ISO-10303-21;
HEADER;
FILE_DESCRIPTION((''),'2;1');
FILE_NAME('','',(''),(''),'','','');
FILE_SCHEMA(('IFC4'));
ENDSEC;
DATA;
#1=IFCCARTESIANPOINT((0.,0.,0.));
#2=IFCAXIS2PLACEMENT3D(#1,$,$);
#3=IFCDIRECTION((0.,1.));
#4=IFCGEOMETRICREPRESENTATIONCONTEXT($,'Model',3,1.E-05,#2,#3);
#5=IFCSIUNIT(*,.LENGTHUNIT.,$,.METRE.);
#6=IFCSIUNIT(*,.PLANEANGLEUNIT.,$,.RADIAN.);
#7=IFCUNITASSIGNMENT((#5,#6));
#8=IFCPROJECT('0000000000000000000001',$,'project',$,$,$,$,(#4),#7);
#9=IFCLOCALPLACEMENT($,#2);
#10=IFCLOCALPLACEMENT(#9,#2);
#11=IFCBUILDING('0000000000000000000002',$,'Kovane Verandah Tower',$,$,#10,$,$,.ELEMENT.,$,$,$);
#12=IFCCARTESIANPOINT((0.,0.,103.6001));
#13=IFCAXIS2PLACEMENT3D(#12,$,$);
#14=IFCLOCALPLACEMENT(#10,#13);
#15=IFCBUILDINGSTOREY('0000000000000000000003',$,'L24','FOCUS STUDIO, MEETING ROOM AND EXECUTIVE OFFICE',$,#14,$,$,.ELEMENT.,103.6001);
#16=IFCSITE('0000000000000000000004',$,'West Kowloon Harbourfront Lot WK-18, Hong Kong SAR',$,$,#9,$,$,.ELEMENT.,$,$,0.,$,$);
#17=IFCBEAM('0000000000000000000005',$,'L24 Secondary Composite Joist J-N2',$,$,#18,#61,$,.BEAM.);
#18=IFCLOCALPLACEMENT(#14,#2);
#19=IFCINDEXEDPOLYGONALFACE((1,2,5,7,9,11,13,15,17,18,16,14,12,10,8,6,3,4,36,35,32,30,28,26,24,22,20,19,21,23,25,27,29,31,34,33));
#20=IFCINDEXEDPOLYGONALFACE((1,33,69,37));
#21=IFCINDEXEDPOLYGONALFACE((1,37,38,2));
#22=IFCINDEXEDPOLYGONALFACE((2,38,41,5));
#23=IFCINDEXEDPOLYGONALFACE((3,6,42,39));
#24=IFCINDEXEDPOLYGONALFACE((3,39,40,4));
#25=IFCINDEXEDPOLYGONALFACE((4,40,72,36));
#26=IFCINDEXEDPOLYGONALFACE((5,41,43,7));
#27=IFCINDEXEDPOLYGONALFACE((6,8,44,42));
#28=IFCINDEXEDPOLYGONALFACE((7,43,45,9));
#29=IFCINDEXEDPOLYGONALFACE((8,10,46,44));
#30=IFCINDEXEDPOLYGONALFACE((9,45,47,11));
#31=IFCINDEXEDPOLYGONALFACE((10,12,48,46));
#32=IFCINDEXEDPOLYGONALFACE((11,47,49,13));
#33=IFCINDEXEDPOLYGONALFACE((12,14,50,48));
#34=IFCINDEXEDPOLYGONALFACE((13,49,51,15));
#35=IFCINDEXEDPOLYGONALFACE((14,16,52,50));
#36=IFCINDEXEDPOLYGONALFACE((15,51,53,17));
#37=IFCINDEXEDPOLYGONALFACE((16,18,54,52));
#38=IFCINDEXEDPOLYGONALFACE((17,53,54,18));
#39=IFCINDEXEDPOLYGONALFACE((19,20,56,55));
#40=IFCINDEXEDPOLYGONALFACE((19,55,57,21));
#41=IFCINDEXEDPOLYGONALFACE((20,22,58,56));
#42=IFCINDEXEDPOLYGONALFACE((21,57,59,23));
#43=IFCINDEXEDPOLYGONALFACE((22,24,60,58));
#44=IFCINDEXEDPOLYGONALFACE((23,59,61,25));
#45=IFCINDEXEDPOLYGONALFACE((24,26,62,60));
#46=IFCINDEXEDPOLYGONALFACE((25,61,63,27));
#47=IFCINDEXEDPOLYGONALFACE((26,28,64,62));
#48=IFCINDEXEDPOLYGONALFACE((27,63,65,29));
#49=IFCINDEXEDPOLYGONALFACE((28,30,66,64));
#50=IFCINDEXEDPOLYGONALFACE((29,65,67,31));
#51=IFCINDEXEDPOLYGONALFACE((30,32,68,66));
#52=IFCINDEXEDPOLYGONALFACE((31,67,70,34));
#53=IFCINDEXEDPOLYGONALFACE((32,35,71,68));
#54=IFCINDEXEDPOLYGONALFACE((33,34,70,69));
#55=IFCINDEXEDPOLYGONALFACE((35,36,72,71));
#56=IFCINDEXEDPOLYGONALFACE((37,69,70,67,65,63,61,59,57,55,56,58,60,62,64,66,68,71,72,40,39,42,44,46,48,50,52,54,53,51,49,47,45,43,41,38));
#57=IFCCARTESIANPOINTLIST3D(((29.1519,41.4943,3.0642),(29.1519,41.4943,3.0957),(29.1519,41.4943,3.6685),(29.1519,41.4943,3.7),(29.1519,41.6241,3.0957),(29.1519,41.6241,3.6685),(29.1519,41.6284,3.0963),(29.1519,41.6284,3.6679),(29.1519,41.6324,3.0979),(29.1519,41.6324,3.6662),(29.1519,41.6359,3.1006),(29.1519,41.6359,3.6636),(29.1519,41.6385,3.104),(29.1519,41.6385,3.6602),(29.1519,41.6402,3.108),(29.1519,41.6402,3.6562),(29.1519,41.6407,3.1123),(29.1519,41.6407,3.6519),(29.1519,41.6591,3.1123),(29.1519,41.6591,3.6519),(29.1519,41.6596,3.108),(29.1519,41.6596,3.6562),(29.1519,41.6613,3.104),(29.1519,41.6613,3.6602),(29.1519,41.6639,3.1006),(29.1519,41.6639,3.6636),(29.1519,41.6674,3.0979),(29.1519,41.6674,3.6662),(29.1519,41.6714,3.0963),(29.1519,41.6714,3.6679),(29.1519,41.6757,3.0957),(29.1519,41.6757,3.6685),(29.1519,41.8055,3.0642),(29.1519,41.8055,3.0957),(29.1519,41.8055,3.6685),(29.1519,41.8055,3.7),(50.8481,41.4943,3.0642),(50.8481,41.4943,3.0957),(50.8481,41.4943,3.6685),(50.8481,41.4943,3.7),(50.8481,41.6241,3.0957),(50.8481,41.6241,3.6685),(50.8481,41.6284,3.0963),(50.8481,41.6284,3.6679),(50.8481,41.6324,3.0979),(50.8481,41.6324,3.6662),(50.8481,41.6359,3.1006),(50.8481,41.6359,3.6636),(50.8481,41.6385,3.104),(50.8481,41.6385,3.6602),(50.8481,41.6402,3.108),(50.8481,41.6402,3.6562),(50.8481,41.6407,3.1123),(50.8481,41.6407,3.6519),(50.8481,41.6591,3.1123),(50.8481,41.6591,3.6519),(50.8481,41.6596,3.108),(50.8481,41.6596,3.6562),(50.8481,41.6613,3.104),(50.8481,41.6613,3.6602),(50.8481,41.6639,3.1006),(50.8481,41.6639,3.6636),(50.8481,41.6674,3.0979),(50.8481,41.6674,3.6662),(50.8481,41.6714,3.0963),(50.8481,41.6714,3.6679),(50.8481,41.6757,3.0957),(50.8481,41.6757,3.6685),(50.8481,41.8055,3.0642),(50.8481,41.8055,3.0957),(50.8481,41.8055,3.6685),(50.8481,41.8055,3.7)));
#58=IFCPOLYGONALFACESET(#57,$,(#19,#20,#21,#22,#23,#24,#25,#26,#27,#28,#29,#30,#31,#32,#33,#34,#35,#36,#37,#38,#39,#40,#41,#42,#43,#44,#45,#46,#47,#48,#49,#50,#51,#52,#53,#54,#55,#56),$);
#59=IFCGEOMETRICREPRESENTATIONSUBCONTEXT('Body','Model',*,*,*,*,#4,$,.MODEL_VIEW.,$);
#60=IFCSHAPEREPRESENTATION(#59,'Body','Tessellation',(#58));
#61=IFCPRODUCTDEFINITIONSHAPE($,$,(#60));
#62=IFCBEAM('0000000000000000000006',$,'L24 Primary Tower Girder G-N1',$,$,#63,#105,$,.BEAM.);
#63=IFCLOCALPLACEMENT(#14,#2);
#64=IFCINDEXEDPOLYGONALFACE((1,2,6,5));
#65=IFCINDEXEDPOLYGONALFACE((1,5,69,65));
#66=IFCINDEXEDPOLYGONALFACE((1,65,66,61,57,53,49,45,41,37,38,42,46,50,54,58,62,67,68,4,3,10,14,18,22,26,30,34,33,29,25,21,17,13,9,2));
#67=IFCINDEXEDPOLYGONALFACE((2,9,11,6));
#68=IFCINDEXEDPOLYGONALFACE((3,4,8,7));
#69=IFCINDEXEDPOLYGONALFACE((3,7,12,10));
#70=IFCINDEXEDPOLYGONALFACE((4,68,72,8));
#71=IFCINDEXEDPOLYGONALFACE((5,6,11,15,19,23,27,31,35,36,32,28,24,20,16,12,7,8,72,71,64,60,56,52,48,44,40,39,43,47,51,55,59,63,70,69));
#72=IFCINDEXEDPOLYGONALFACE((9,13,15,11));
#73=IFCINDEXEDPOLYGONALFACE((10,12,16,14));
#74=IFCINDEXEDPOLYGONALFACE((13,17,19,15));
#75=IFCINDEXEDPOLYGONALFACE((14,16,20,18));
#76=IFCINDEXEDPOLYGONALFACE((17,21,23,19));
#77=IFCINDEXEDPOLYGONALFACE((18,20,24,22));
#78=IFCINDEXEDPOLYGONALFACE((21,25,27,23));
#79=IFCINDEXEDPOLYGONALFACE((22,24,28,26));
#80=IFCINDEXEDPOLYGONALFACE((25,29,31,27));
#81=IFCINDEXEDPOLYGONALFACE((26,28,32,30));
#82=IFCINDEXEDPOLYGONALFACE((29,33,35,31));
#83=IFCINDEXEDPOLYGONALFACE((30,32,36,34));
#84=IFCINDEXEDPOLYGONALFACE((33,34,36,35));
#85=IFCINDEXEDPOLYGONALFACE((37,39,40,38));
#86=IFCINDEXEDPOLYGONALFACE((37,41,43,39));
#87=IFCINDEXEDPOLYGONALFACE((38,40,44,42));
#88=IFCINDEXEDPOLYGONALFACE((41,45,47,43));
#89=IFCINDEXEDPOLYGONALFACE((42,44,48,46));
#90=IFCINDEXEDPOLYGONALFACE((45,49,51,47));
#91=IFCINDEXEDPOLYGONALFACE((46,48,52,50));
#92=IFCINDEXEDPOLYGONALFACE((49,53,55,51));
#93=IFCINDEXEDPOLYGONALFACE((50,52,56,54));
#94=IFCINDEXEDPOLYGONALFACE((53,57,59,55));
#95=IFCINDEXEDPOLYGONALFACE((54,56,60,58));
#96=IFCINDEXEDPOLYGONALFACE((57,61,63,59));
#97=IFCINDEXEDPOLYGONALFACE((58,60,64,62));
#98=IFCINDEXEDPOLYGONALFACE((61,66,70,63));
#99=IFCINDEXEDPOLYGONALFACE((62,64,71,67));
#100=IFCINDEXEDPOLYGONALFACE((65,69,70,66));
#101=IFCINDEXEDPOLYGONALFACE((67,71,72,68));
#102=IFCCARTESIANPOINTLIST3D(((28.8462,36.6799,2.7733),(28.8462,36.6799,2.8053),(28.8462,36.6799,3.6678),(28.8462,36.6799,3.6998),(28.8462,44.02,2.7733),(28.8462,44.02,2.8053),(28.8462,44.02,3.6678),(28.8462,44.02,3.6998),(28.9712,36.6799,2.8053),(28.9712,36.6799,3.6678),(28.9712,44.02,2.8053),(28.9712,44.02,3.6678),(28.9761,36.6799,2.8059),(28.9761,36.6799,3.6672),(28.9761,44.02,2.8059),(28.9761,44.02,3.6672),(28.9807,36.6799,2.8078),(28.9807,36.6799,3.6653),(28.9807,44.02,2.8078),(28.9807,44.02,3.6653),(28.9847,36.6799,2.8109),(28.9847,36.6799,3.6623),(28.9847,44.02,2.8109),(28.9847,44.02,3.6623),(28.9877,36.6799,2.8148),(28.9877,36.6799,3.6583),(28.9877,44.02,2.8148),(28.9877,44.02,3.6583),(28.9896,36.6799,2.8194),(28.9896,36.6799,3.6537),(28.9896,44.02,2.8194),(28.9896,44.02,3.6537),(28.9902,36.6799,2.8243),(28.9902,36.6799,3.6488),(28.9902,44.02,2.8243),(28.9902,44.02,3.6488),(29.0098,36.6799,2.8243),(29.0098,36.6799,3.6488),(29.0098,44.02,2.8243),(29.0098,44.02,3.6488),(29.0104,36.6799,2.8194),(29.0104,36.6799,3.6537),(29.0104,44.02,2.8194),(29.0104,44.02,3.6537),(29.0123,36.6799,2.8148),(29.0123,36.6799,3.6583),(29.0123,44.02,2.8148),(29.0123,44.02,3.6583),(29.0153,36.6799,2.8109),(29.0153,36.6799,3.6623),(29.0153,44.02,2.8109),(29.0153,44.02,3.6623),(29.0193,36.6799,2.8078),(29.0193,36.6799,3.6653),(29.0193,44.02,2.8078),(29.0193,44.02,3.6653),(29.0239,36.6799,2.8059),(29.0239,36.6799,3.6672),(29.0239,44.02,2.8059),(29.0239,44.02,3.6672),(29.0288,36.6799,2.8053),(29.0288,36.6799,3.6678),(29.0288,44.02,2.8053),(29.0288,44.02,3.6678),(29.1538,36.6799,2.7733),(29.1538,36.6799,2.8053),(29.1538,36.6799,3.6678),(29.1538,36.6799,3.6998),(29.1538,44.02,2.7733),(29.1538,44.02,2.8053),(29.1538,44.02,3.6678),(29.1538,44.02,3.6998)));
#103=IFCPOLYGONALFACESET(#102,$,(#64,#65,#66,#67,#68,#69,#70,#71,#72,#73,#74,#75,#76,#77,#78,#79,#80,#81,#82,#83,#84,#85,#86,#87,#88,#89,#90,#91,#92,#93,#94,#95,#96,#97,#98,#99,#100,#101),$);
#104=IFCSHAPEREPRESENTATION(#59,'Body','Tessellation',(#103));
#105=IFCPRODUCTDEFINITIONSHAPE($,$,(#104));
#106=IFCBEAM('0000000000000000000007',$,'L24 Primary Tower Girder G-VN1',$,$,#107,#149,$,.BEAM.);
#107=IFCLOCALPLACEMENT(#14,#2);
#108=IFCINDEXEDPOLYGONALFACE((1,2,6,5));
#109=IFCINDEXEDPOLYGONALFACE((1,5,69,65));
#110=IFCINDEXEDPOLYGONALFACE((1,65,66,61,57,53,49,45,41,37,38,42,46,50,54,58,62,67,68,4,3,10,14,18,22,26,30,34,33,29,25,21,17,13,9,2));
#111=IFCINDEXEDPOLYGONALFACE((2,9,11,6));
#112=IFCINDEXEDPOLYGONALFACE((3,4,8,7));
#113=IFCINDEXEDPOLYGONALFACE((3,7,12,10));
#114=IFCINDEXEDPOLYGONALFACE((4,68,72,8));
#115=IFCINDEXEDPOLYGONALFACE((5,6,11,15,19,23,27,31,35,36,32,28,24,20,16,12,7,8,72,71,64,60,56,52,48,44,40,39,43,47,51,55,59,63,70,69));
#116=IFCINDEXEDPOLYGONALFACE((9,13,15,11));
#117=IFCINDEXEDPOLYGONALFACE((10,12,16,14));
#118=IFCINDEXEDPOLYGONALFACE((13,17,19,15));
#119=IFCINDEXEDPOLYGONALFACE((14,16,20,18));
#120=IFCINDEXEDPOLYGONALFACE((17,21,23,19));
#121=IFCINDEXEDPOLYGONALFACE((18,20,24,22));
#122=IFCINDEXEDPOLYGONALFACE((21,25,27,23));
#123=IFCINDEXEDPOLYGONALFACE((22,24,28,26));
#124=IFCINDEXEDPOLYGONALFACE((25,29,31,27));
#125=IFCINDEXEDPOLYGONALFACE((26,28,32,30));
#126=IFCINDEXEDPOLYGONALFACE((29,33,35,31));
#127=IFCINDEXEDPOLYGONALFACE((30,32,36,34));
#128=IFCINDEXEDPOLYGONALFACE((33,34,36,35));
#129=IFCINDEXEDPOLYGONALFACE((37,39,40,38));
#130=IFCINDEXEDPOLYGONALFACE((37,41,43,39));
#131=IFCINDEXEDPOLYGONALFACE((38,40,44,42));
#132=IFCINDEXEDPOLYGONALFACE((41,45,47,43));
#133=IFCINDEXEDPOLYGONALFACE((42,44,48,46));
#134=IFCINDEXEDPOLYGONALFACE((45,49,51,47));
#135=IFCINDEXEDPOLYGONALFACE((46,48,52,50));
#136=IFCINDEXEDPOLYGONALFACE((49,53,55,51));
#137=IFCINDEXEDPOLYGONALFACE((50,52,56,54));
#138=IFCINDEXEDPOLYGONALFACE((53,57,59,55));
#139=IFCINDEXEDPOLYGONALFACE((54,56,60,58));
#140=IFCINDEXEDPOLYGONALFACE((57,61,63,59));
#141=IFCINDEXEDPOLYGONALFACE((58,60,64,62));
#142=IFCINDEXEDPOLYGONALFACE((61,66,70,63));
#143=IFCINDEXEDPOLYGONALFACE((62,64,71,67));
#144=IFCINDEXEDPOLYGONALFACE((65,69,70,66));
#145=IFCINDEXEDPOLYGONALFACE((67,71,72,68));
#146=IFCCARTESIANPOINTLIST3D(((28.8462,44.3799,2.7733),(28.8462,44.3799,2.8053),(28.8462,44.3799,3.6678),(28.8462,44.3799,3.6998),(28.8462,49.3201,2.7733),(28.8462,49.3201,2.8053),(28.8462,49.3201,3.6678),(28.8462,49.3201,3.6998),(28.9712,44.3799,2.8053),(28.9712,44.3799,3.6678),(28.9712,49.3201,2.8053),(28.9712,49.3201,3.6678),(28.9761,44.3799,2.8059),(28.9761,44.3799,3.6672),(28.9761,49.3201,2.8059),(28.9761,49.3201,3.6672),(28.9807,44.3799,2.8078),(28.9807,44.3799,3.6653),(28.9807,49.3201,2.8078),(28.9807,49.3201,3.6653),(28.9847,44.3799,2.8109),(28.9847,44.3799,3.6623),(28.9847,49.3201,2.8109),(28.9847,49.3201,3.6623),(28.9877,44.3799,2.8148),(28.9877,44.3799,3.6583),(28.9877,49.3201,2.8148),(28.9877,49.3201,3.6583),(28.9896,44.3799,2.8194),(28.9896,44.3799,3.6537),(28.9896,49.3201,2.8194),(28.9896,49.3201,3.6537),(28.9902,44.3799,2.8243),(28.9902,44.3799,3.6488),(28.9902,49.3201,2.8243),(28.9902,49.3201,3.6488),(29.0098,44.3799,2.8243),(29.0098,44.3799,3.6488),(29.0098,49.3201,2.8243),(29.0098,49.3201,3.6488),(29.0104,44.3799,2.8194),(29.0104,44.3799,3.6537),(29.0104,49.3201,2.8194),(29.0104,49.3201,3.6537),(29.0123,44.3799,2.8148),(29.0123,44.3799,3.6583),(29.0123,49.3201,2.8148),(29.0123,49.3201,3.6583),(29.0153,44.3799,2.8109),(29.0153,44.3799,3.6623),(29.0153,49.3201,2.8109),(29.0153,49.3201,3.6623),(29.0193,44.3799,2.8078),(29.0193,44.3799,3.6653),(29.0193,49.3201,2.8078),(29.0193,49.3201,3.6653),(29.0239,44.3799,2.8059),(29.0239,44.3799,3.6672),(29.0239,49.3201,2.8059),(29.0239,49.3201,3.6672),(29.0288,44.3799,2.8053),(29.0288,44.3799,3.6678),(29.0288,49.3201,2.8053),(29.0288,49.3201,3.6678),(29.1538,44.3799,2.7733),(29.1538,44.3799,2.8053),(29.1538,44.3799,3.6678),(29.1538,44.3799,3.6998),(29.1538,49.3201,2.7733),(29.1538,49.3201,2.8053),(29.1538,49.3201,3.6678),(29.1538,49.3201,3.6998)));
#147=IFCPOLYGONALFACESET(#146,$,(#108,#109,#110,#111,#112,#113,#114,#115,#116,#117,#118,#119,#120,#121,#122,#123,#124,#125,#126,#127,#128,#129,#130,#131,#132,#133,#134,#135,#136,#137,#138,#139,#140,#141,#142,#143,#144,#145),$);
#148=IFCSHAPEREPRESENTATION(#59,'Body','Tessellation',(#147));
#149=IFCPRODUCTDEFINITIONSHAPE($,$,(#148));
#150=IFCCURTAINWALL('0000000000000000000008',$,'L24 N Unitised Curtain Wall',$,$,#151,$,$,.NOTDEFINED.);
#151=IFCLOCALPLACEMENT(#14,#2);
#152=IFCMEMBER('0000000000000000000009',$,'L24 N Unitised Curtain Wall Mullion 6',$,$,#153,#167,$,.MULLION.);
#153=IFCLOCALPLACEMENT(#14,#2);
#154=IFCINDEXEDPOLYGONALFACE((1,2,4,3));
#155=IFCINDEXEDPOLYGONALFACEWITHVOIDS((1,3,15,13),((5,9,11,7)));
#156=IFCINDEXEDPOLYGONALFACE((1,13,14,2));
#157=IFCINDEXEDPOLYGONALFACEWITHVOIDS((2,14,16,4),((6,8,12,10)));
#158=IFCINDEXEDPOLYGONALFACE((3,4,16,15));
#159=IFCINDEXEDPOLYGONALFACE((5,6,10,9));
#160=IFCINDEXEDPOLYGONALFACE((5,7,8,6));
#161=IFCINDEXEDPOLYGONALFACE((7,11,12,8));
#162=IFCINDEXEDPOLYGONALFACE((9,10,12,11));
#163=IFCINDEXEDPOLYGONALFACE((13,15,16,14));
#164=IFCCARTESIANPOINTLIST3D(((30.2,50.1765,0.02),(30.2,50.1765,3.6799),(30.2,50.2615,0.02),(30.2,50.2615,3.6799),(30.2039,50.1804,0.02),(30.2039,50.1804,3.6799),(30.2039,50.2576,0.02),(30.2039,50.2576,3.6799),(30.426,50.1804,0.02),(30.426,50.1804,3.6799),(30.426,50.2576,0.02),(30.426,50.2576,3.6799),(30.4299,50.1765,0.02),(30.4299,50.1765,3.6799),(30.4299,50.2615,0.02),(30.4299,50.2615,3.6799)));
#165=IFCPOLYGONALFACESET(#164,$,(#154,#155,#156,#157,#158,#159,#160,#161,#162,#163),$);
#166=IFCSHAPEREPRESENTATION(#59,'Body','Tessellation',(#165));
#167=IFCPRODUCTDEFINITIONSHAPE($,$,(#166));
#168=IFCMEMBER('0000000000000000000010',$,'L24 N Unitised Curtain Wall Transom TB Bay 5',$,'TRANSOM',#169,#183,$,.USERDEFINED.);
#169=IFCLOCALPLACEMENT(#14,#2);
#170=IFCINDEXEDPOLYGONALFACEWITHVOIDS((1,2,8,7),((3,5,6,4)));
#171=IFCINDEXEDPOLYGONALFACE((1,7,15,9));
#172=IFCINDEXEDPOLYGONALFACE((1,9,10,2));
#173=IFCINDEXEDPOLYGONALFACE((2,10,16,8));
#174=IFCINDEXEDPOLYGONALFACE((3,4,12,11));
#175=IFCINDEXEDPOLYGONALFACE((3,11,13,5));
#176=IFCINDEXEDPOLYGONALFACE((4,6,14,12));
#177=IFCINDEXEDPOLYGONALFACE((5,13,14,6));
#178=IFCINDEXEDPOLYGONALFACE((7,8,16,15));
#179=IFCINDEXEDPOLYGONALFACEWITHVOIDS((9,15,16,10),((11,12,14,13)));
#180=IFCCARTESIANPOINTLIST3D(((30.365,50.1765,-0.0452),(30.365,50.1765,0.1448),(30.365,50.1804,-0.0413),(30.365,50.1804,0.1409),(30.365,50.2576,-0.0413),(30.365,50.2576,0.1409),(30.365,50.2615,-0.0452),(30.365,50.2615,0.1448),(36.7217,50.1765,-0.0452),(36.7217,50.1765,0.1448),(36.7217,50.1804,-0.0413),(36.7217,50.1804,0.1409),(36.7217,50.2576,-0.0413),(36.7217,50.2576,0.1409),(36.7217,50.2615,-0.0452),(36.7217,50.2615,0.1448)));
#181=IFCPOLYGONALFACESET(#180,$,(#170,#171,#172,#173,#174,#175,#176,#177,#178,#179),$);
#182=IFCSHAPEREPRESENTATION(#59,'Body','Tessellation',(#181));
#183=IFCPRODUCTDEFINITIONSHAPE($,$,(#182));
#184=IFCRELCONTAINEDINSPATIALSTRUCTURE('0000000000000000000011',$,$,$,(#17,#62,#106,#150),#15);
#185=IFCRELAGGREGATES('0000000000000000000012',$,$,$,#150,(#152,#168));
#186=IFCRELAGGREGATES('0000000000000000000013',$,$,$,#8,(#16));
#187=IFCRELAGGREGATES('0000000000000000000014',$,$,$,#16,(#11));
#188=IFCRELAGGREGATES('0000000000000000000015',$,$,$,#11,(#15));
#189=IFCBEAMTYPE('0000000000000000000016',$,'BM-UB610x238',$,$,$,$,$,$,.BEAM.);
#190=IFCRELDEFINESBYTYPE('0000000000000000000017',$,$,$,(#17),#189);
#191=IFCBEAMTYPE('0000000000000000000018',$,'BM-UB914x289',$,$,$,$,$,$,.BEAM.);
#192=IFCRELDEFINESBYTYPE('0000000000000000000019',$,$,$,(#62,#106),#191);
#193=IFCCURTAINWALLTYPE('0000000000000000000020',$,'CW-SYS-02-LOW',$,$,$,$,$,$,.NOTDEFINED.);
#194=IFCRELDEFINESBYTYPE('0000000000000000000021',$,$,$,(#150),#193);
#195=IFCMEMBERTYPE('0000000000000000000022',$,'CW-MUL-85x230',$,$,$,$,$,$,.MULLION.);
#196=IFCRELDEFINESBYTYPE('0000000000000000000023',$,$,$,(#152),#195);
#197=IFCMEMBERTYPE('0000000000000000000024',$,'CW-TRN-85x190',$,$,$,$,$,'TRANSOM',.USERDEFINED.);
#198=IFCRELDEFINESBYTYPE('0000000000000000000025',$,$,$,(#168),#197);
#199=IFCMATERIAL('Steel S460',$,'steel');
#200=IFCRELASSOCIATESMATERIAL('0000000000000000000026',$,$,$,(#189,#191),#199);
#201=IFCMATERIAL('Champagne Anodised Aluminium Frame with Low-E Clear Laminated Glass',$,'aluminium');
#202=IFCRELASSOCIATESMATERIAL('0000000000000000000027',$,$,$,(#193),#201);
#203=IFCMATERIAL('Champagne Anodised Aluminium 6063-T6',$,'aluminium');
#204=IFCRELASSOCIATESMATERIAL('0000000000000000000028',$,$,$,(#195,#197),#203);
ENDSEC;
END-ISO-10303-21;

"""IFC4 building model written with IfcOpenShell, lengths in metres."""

from ifc_helpers import new_model, si_unit, direction, frame, origin, origin_2d, place, context, subcontext, project, spatial, hollow_rectangle, i_section, extrude, material, material_profile, profile_set, type_object, element, aggregate, save


model = new_model("IFC4")

# Units and contexts
model_context = context("Model", 3, precision=1e-05, world=origin(), true_north=direction((0.0, 1.0)))
body_context = subcontext(model_context, "Body", "Model", "MODEL_VIEW")
ifc_project = project(units=[si_unit("LENGTHUNIT", "METRE"), si_unit("PLANEANGLEUNIT", "RADIAN")], contexts=[model_context])

# Site, building, storey
site_placement = place(None, origin())
site = spatial("IfcSite", under=ifc_project, at=site_placement, Name="West Kowloon Harbourfront Lot WK-18, Hong Kong SAR", CompositionType="ELEMENT", RefElevation=0.0)
building_placement = place(site_placement, origin())
building = spatial("IfcBuilding", under=site, at=building_placement, Name="Kovane Verandah Tower", CompositionType="ELEMENT")
storey_placement = place(building_placement, frame((0.0, 0.0, 103.6001)))
storey = spatial("IfcBuildingStorey", under=building, at=storey_placement, Name="L24", Description="FOCUS STUDIO, MEETING ROOM AND EXECUTIVE OFFICE", CompositionType="ELEMENT", Elevation=103.6001)

# Shared definitions
ifc_material_1 = material(Name="Steel S460", Category="steel")

# Beams
ifc_material_profile_1 = material_profile(ifc_material_1, i_section(OverallWidth=0.3113, OverallDepth=0.6357, WebThickness=0.0183, FlangeThickness=0.0315, FilletRadius=0.0166, at=origin_2d()), Name="UB610x305x238")
ifc_profile_set_1 = profile_set([ifc_material_profile_1], Name="Steel S460")
beam_type_1 = type_object("IfcBeamType", Name="BM-UB610x238", PredefinedType="BEAM", material=ifc_profile_set_1)
for number, where, z_axis, x_axis, name in (
    (1, (29.1519, 41.6499, 3.3821), (1.0, 0.0, 0.0), (0.0, 1.0, 0.0), "L24 Secondary Composite Joist J-N2"),
):
    element("IfcBeam", number, at=place(storey_placement, frame(where, z_axis=z_axis, x_axis=x_axis)), inside=storey, type_object=beam_type_1, Name=name, PredefinedType="BEAM", context=body_context, shape_type="SweptSolid", body=[
        extrude(i_section(OverallWidth=0.3113, OverallDepth=0.6357, WebThickness=0.0183, FlangeThickness=0.0315, FilletRadius=0.0166, at=origin_2d()), origin(), (0.0, 0.0, 1.0), 21.6963),
    ])
ifc_material_profile_2 = material_profile(ifc_material_1, i_section(OverallWidth=0.3076, OverallDepth=0.9265, WebThickness=0.0195, FlangeThickness=0.032, FilletRadius=0.019, at=origin_2d()), Name="UB914x305x289")
ifc_profile_set_2 = profile_set([ifc_material_profile_2], Name="Steel S460")
beam_type_2 = type_object("IfcBeamType", Name="BM-UB914x289", PredefinedType="BEAM", material=ifc_profile_set_2)
beam_1_placement = place(storey_placement, frame((29.0, 36.6799, 3.2366), z_axis=(0.0, 1.0, 0.0), x_axis=(-1.0, 0.0, 0.0)))
element("IfcBeam", 2, at=beam_1_placement, inside=storey, type_object=beam_type_2, Name="L24 Primary Tower Girder G-N1", PredefinedType="BEAM", context=body_context, shape_type="SweptSolid", body=[
    extrude(i_section(OverallWidth=0.3076, OverallDepth=0.9265, WebThickness=0.0195, FlangeThickness=0.032, FilletRadius=0.019, at=origin_2d()), origin(), (0.0, 0.0, 1.0), 7.3401),
])
beam_2_placement = place(storey_placement, frame((29.0, 44.3799, 3.2366), z_axis=(0.0, 1.0, 0.0), x_axis=(-1.0, 0.0, 0.0)))
element("IfcBeam", 3, at=beam_2_placement, inside=storey, type_object=beam_type_2, Name="L24 Primary Tower Girder G-VN1", PredefinedType="BEAM", context=body_context, shape_type="SweptSolid", body=[
    extrude(i_section(OverallWidth=0.3076, OverallDepth=0.9265, WebThickness=0.0195, FlangeThickness=0.032, FilletRadius=0.019, at=origin_2d()), origin(), (0.0, 0.0, 1.0), 4.9402),
])

# Curtain wall, members
ifc_material_2 = material(Name="Champagne Anodised Aluminium Frame with Low-E Clear Laminated Glass", Category="aluminium")
curtain_wall_type = type_object("IfcCurtainWallType", Name="CW-SYS-02-LOW", PredefinedType="NOTDEFINED", material=ifc_material_2)
curtain_wall_placement = place(storey_placement, origin())
curtain_wall = element("IfcCurtainWall", 4, at=curtain_wall_placement, inside=storey, type_object=curtain_wall_type, Name="L24 N Unitised Curtain Wall", PredefinedType="NOTDEFINED")
ifc_material_3 = material(Name="Champagne Anodised Aluminium 6063-T6", Category="aluminium")
ifc_material_profile_3 = material_profile(ifc_material_3, hollow_rectangle(XDim=0.085, YDim=0.23, WallThickness=0.0039, at=origin_2d()), Name="AL85x230x4")
ifc_profile_set_3 = profile_set([ifc_material_profile_3], Name="Champagne Anodised Aluminium 6063-T6")
member_type_1 = type_object("IfcMemberType", Name="CW-MUL-85x230", PredefinedType="MULLION", material=ifc_profile_set_3)
member_1_placement = place(storey_placement, frame((30.3149, 50.219, 0.02), z_axis=(0.0, 0.0, 1.0), x_axis=(0.0, 1.0, 0.0)))
member_1 = element("IfcMember", 5, at=member_1_placement, type_object=member_type_1, Name="L24 N Unitised Curtain Wall Mullion 6", PredefinedType="MULLION", context=body_context, shape_type="SweptSolid", body=[
    extrude(hollow_rectangle(XDim=0.085, YDim=0.23, WallThickness=0.0039, at=origin_2d()), origin(), (0.0, 0.0, 1.0), 3.6599),
])
ifc_material_profile_4 = material_profile(ifc_material_3, hollow_rectangle(XDim=0.085, YDim=0.1899, WallThickness=0.0039, at=origin_2d()), Name="AL85x190x4")
ifc_profile_set_4 = profile_set([ifc_material_profile_4], Name="Champagne Anodised Aluminium 6063-T6")
member_type_2 = type_object("IfcMemberType", Name="CW-TRN-85x190", ElementType="TRANSOM", PredefinedType="USERDEFINED", material=ifc_profile_set_4)
member_2_placement = place(storey_placement, frame((36.7217, 50.219, 0.0498), z_axis=(-1.0, 0.0, 0.0), x_axis=(0.0, -1.0, 0.0)))
member_2 = element("IfcMember", 6, at=member_2_placement, type_object=member_type_2, Name="L24 N Unitised Curtain Wall Transom TB Bay 5", ObjectType="TRANSOM", PredefinedType="USERDEFINED", context=body_context, shape_type="SweptSolid", body=[
    extrude(hollow_rectangle(XDim=0.085, YDim=0.1899, WallThickness=0.0039, at=origin_2d()), origin(), (0.0, 0.0, 1.0), 6.3567),
])
aggregate(curtain_wall, [member_1, member_2])

save(model, "model.ifc")
